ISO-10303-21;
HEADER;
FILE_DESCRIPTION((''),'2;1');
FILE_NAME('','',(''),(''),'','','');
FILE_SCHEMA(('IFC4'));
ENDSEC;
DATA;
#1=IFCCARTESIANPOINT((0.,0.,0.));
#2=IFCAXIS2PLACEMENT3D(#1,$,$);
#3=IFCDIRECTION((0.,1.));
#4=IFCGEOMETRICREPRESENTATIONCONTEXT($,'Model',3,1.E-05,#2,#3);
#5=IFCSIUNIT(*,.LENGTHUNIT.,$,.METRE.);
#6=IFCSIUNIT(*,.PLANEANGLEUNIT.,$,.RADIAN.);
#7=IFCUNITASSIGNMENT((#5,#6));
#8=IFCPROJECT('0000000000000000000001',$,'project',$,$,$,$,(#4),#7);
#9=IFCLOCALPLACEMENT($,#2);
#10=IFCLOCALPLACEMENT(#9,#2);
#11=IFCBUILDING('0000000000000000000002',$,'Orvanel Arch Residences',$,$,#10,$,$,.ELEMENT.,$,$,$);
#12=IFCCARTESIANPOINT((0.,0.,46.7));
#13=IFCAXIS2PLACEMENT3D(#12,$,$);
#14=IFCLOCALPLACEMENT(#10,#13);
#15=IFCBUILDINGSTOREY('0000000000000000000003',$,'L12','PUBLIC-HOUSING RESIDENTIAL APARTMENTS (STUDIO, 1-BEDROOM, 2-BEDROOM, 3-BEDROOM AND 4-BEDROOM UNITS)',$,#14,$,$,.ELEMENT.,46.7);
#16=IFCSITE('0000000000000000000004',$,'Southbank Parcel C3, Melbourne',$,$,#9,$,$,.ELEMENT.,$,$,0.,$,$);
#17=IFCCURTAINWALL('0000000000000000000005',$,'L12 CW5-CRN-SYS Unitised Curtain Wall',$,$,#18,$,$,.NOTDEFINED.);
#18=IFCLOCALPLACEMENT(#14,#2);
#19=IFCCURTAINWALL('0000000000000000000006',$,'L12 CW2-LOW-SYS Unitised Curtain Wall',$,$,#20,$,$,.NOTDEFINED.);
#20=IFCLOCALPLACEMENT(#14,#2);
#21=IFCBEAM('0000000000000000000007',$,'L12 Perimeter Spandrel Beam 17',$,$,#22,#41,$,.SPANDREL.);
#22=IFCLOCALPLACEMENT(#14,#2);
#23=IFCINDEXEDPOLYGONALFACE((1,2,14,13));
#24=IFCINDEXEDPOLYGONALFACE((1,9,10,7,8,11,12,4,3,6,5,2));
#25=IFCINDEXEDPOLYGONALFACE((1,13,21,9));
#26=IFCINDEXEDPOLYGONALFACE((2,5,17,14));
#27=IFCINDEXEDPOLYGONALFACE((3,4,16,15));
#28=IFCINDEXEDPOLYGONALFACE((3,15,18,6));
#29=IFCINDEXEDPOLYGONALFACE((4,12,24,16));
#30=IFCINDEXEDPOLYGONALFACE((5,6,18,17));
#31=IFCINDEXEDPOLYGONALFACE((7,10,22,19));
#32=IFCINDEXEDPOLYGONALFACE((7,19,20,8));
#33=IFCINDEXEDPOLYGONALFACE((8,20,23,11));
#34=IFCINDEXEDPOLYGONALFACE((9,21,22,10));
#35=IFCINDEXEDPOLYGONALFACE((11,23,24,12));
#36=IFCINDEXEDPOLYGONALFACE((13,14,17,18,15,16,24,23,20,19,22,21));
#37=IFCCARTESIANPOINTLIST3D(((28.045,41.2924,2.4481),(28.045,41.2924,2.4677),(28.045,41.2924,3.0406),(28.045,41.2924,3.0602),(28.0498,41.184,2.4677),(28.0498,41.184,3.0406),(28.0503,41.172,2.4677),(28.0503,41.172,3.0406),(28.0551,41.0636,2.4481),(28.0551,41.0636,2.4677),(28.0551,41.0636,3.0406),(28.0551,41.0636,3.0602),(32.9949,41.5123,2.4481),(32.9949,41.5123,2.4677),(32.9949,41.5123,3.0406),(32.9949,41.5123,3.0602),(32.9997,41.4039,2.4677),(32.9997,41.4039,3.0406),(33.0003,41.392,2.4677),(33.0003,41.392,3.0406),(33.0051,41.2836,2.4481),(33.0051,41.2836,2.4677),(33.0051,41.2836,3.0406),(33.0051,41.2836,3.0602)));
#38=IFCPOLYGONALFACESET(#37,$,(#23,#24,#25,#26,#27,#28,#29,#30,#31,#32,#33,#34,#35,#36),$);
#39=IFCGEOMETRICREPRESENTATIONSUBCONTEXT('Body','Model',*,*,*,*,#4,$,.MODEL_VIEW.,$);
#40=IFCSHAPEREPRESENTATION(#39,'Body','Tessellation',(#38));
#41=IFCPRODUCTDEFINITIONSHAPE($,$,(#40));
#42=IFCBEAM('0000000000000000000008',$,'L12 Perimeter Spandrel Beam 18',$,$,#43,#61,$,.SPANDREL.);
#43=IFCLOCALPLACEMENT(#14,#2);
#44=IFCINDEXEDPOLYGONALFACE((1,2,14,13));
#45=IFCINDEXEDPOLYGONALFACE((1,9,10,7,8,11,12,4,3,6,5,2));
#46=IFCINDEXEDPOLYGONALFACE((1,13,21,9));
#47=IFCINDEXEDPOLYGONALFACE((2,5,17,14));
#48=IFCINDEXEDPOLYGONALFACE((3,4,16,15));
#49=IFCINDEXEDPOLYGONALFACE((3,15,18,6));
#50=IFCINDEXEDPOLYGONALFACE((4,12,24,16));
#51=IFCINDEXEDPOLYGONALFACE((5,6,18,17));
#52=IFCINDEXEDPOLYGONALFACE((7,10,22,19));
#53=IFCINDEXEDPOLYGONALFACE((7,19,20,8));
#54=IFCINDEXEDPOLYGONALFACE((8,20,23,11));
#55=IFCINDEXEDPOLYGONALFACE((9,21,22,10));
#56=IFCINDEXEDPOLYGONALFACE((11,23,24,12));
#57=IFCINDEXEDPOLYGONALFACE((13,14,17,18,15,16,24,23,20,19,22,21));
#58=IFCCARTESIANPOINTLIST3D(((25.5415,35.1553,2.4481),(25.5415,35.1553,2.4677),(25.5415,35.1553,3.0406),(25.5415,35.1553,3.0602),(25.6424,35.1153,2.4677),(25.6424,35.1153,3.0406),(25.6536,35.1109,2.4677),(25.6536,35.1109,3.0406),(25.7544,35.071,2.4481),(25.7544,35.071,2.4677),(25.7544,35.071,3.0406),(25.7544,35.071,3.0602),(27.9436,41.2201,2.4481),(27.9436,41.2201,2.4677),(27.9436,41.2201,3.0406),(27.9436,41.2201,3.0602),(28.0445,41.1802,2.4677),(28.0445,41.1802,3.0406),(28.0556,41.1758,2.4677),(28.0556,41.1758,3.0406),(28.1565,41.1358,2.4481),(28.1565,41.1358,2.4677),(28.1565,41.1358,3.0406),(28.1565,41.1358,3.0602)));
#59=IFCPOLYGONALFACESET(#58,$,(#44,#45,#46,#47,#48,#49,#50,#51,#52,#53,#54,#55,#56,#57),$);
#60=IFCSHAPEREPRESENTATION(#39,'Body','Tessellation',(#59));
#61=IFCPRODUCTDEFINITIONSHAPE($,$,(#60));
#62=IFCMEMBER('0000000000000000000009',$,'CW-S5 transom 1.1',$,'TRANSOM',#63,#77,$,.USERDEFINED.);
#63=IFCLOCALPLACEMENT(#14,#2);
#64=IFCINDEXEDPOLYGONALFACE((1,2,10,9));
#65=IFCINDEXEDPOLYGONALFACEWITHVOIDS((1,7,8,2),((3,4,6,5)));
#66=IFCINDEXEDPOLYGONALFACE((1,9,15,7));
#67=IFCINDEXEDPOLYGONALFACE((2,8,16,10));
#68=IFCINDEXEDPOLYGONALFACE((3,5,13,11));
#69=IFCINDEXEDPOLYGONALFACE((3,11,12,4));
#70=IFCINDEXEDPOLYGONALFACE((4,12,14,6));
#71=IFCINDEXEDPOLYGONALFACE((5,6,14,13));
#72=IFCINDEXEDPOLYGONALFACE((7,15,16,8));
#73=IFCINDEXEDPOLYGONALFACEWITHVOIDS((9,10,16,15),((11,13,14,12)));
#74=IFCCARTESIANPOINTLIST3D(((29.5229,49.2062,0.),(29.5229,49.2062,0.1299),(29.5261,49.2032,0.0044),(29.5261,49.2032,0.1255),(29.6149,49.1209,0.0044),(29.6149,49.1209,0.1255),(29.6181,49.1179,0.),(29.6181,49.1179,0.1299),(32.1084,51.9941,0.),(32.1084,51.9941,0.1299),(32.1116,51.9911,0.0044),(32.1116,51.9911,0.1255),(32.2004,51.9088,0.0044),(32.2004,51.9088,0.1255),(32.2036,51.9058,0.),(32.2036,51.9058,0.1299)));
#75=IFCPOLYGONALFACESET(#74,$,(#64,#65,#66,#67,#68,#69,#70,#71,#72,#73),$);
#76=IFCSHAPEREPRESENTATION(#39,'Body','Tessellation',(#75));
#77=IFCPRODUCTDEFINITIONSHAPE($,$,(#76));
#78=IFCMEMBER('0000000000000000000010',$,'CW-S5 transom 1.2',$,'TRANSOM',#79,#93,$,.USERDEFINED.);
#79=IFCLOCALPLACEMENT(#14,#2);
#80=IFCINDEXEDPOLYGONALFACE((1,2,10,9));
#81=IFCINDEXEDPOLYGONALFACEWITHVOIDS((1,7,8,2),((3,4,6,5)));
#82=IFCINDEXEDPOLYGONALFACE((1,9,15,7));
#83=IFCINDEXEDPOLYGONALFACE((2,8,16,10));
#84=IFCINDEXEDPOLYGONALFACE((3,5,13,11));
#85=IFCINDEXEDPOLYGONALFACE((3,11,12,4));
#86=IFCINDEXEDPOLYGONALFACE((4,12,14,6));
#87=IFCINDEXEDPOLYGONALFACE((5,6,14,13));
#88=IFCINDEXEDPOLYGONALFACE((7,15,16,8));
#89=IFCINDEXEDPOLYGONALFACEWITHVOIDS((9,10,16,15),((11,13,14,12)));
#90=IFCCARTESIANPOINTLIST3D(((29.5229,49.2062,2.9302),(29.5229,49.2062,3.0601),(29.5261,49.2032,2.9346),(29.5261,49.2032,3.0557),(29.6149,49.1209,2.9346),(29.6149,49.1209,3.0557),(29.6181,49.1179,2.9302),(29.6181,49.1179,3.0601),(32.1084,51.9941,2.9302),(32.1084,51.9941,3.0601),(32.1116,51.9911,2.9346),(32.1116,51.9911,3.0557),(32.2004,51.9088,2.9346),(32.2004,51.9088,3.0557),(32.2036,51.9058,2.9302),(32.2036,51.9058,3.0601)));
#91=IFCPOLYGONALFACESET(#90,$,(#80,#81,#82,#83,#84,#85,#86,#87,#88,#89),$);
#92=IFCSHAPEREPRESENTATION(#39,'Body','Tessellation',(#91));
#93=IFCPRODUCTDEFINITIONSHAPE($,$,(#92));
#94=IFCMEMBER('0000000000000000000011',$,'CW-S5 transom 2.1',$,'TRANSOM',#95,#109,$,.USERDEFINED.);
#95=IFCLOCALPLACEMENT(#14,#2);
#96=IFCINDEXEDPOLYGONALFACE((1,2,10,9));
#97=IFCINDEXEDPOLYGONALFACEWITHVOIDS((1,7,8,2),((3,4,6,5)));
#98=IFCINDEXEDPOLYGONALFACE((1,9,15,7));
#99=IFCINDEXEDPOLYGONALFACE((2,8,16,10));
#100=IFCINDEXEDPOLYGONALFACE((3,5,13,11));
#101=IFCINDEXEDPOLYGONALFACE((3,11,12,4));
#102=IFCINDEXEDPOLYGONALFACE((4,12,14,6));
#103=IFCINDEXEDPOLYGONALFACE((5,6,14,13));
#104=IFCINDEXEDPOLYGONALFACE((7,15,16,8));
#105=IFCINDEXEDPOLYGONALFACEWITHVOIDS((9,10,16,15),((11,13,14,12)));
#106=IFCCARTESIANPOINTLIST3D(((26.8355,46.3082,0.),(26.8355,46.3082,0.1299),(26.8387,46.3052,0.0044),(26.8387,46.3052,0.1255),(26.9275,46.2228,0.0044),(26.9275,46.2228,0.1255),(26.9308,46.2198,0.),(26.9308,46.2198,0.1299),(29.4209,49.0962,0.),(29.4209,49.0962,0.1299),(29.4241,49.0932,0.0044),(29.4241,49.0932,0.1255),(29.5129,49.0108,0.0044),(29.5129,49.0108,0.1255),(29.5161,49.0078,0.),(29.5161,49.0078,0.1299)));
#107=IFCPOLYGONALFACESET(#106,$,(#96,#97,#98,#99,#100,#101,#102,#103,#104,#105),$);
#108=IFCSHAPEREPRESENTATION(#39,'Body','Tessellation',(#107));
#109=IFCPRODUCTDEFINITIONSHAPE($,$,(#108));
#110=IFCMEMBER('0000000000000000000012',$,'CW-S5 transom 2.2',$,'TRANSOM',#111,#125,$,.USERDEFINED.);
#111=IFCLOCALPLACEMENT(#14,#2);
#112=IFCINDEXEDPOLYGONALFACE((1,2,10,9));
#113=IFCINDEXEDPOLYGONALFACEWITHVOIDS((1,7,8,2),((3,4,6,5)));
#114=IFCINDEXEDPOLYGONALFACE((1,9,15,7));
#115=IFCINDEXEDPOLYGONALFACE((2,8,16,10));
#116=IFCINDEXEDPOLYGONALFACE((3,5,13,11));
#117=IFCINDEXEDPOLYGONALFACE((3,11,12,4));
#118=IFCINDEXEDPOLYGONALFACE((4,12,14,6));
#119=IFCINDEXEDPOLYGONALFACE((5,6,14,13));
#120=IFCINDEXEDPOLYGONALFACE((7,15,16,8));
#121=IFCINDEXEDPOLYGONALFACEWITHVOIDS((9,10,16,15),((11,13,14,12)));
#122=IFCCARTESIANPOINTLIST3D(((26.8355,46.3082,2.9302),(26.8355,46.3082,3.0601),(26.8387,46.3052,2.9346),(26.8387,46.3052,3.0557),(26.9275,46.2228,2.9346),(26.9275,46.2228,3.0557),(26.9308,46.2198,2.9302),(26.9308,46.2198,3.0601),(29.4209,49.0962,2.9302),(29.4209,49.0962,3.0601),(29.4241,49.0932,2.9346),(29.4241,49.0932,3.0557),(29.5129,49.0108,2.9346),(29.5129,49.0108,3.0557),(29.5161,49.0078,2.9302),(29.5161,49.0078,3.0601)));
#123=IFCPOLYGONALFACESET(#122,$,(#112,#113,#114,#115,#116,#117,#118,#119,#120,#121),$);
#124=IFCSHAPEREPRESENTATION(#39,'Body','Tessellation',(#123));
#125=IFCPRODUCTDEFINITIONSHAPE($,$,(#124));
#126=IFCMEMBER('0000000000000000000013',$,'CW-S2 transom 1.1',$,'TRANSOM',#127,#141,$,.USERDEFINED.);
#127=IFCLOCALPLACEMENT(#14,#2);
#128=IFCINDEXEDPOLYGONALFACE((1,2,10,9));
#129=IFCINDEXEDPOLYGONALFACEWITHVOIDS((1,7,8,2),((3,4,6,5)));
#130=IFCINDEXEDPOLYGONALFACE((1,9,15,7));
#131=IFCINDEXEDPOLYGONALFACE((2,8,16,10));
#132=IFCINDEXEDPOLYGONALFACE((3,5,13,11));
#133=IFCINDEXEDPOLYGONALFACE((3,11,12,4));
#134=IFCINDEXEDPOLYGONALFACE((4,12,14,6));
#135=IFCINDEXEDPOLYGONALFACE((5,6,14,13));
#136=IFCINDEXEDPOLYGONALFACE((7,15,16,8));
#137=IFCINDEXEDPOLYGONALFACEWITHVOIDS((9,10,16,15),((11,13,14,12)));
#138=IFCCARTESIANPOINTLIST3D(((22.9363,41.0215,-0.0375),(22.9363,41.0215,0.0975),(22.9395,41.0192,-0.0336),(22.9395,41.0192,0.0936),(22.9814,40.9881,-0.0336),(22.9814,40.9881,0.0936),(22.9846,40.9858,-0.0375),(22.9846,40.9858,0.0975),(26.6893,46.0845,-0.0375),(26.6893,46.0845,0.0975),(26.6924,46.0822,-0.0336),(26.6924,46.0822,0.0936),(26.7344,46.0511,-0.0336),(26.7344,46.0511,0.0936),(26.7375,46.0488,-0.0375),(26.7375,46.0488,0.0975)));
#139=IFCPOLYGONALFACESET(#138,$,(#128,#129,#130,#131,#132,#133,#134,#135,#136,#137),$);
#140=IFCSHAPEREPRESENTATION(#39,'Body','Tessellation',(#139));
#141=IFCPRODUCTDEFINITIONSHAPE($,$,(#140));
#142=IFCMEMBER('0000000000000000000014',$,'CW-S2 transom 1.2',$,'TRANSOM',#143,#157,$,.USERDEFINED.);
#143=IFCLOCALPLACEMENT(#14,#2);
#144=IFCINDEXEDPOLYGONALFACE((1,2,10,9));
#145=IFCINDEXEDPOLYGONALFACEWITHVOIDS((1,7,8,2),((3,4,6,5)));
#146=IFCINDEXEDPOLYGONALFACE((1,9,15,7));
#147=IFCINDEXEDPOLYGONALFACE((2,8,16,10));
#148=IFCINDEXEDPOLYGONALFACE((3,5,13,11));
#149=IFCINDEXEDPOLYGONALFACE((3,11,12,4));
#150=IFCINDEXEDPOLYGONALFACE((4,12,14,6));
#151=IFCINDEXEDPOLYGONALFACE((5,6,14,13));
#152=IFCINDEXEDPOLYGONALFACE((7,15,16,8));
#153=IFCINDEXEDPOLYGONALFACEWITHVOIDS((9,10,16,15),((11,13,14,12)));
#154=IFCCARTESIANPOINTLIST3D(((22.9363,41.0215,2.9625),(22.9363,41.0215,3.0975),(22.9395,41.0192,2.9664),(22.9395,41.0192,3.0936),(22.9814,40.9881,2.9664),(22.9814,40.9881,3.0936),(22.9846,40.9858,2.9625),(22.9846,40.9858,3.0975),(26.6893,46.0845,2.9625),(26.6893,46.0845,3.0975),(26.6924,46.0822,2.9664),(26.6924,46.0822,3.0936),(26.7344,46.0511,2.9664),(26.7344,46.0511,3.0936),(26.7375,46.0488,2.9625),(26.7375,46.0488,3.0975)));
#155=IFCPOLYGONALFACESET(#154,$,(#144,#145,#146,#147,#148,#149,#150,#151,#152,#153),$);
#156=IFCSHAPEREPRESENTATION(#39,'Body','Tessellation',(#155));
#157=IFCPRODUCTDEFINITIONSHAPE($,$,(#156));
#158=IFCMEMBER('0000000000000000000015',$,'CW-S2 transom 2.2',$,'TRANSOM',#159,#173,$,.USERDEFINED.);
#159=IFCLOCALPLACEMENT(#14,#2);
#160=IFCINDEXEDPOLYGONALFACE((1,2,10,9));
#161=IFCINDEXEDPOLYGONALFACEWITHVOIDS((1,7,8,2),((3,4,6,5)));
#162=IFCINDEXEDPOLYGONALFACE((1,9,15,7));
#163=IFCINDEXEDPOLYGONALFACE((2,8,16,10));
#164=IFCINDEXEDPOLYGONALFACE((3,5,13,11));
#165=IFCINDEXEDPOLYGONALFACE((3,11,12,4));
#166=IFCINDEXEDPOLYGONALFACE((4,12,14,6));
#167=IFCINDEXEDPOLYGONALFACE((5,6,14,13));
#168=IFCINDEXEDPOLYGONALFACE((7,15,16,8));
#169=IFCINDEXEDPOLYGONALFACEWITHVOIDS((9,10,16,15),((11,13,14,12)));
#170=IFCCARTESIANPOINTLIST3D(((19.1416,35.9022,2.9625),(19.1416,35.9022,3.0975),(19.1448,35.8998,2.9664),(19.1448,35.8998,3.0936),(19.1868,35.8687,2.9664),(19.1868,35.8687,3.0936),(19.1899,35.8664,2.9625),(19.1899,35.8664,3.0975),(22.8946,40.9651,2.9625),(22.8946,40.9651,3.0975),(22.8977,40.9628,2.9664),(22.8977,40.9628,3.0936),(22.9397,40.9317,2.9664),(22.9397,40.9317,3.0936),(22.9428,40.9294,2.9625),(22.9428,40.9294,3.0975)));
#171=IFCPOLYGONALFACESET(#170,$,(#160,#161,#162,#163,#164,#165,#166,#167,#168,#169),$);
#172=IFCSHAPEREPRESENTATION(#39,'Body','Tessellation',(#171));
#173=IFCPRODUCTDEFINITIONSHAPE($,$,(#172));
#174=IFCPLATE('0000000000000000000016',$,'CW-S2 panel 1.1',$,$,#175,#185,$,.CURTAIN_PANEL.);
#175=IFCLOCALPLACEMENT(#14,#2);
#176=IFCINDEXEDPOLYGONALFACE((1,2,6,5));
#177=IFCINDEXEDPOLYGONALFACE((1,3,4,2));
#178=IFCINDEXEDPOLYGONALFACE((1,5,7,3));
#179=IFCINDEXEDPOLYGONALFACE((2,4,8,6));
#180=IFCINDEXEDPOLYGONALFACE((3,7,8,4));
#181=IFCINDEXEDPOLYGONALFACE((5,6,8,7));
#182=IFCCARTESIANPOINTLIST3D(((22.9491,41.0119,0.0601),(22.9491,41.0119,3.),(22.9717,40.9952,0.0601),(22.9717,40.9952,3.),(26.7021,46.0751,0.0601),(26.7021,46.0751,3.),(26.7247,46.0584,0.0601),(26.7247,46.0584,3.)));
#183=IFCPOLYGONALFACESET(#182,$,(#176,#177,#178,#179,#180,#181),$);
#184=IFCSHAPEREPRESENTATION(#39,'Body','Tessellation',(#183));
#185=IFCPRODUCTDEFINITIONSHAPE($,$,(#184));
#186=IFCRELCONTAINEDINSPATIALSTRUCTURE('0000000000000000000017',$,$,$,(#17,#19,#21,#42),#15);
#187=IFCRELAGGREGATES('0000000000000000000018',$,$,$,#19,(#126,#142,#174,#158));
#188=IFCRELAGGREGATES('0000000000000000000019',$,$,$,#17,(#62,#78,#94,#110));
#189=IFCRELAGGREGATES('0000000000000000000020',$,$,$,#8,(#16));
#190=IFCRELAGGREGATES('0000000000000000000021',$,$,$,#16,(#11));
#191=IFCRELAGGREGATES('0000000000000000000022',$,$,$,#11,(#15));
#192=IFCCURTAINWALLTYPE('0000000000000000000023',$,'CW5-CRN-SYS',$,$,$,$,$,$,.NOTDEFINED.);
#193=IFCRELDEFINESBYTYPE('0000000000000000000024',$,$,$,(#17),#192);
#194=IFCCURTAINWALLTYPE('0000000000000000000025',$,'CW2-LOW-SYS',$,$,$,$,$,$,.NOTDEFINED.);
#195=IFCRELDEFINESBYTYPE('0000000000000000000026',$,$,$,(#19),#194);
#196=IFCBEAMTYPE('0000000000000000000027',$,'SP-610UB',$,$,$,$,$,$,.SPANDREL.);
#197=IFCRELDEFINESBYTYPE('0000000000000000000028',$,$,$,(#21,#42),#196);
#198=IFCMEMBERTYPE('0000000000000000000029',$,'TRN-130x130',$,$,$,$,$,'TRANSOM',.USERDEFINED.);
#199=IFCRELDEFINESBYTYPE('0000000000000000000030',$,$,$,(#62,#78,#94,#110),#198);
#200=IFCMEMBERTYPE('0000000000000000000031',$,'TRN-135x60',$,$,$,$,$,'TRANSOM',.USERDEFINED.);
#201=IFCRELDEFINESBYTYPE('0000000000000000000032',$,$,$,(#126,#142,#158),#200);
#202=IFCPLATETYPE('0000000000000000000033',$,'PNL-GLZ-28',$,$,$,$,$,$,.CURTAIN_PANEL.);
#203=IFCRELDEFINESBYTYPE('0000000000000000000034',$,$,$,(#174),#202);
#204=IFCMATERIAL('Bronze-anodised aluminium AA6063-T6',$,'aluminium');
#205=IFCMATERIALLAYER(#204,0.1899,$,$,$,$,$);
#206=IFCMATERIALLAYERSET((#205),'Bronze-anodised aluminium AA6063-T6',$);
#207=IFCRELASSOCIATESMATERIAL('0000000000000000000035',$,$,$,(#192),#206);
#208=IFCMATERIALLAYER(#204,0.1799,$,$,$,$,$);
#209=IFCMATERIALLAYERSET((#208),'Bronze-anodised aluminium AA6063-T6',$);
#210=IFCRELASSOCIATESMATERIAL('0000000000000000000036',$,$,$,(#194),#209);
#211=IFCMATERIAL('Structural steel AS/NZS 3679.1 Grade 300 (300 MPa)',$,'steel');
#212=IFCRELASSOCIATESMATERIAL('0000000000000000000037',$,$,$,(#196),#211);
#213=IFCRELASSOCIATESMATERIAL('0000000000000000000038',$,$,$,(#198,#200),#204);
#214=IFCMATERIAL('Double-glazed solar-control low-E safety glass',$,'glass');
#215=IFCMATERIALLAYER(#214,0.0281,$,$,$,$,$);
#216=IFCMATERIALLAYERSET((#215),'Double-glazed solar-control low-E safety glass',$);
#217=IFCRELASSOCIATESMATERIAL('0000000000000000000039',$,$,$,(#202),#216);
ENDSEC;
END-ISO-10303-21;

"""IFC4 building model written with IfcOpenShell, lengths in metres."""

from ifc_helpers import new_model, si_unit, direction, frame, origin, origin_2d, place, context, subcontext, project, spatial, rectangle, hollow_rectangle, i_section, extrude, material, layer, layer_set, material_profile, profile_set, type_object, element, aggregate, save


model = new_model("IFC4")

# Units and contexts
model_context = context("Model", 3, precision=1e-05, world=origin(), true_north=direction((0.0, 1.0)))
body_context = subcontext(model_context, "Body", "Model", "MODEL_VIEW")
ifc_project = project(units=[si_unit("LENGTHUNIT", "METRE"), si_unit("PLANEANGLEUNIT", "RADIAN")], contexts=[model_context])

# Site, building, storey
site_placement = place(None, origin())
site = spatial("IfcSite", under=ifc_project, at=site_placement, Name="Southbank Parcel C3, Melbourne", CompositionType="ELEMENT", RefElevation=0.0)
building_placement = place(site_placement, origin())
building = spatial("IfcBuilding", under=site, at=building_placement, Name="Orvanel Arch Residences", CompositionType="ELEMENT")
storey_placement = place(building_placement, frame((0.0, 0.0, 46.7)))
storey = spatial("IfcBuildingStorey", under=building, at=storey_placement, Name="L12", Description="PUBLIC-HOUSING RESIDENTIAL APARTMENTS (STUDIO, 1-BEDROOM, 2-BEDROOM, 3-BEDROOM AND 4-BEDROOM UNITS)", CompositionType="ELEMENT", Elevation=46.7)

# Shared definitions
ifc_material_1 = material(Name="Bronze-anodised aluminium AA6063-T6", Category="aluminium")
ifc_layer_1 = layer(ifc_material_1, 0.1899)
ifc_layer_set_1 = layer_set([ifc_layer_1], Name="Bronze-anodised aluminium AA6063-T6")
curtain_wall_type_1 = type_object("IfcCurtainWallType", Name="CW5-CRN-SYS", PredefinedType="NOTDEFINED", material=ifc_layer_set_1)

# Curtain walls
curtain_wall_1_placement = place(storey_placement, origin())
curtain_wall_1 = element("IfcCurtainWall", 1, at=curtain_wall_1_placement, inside=storey, type_object=curtain_wall_type_1, Name="L12 CW5-CRN-SYS Unitised Curtain Wall", PredefinedType="NOTDEFINED")
ifc_layer_2 = layer(ifc_material_1, 0.1799)
ifc_layer_set_2 = layer_set([ifc_layer_2], Name="Bronze-anodised aluminium AA6063-T6")
curtain_wall_type_2 = type_object("IfcCurtainWallType", Name="CW2-LOW-SYS", PredefinedType="NOTDEFINED", material=ifc_layer_set_2)
curtain_wall_2_placement = place(storey_placement, origin())
curtain_wall_2 = element("IfcCurtainWall", 2, at=curtain_wall_2_placement, inside=storey, type_object=curtain_wall_type_2, Name="L12 CW2-LOW-SYS Unitised Curtain Wall", PredefinedType="NOTDEFINED")

# Beams
ifc_material_2 = material(Name="Structural steel AS/NZS 3679.1 Grade 300 (300 MPa)", Category="steel")
ifc_material_profile_1 = material_profile(ifc_material_2, i_section(OverallWidth=0.229, OverallDepth=0.6121, WebThickness=0.012, FlangeThickness=0.0195, at=origin_2d()), Name="610UB125")
ifc_profile_set_1 = profile_set([ifc_material_profile_1], Name="Structural steel AS/NZS 3679.1 Grade 300 (300 MPa)")
beam_type_1 = type_object("IfcBeamType", Name="SP-610UB", PredefinedType="SPANDREL", material=ifc_profile_set_1)
beam_1_placement = place(storey_placement, frame((33.0, 41.3979, 2.7542), z_axis=(-0.999014, -0.044395, 0.0), x_axis=(0.044395, -0.999014, 0.0)))
element("IfcBeam", 3, at=beam_1_placement, inside=storey, type_object=beam_type_1, Name="L12 Perimeter Spandrel Beam 17", PredefinedType="SPANDREL", context=body_context, shape_type="SweptSolid", body=[
    extrude(i_section(OverallWidth=0.229, OverallDepth=0.6121, WebThickness=0.012, FlangeThickness=0.0195, at=origin_2d()), origin(), (0.0, 0.0, 1.0), 4.9548),
])
beam_2_placement = place(storey_placement, frame((28.05, 41.178, 2.7542), z_axis=(-0.368233, -0.929733, 0.0), x_axis=(0.929733, -0.368233, 0.0)))
element("IfcBeam", 4, at=beam_2_placement, inside=storey, type_object=beam_type_1, Name="L12 Perimeter Spandrel Beam 18", PredefinedType="SPANDREL", context=body_context, shape_type="SweptSolid", body=[
    extrude(i_section(OverallWidth=0.229, OverallDepth=0.6121, WebThickness=0.012, FlangeThickness=0.0195, at=origin_2d()), origin(), (0.0, 0.0, 1.0), 6.5232),
])

# Members
ifc_material_profile_2 = material_profile(ifc_material_1, hollow_rectangle(XDim=0.1299, YDim=0.1299, WallThickness=0.0044, at=origin_2d()), Name="ALU130x130x4.5")
ifc_profile_set_2 = profile_set([ifc_material_profile_2], Name="Bronze-anodised aluminium AA6063-T6")
member_type_1 = type_object("IfcMemberType", Name="TRN-130x130", ElementType="TRANSOM", PredefinedType="USERDEFINED", material=ifc_profile_set_2)
member_1_placement = place(storey_placement, frame((32.156, 51.95, 0.0649), z_axis=(-0.67999, -0.733221, 0.0), x_axis=(0.733221, -0.67999, 0.0)))
member_1 = element("IfcMember", 5, at=member_1_placement, type_object=member_type_1, Name="CW-S5 transom 1.1", ObjectType="TRANSOM", PredefinedType="USERDEFINED", context=body_context, shape_type="SweptSolid", body=[
    extrude(hollow_rectangle(XDim=0.1299, YDim=0.1299, WallThickness=0.0044, at=origin_2d()), origin(), (0.0, 0.0, 1.0), 3.8022),
])
member_2_placement = place(storey_placement, frame((32.156, 51.95, 2.9951), z_axis=(-0.67999, -0.733221, 0.0), x_axis=(0.733221, -0.67999, 0.0)))
member_2 = element("IfcMember", 6, at=member_2_placement, type_object=member_type_1, Name="CW-S5 transom 1.2", ObjectType="TRANSOM", PredefinedType="USERDEFINED", context=body_context, shape_type="SweptSolid", body=[
    extrude(hollow_rectangle(XDim=0.1299, YDim=0.1299, WallThickness=0.0044, at=origin_2d()), origin(), (0.0, 0.0, 1.0), 3.8022),
])
member_3_placement = place(storey_placement, frame((29.4685, 49.052, 0.0649), z_axis=(-0.679958, -0.733251, 0.0), x_axis=(0.733251, -0.679958, 0.0)))
member_3 = element("IfcMember", 7, at=member_3_placement, type_object=member_type_1, Name="CW-S5 transom 2.1", ObjectType="TRANSOM", PredefinedType="USERDEFINED", context=body_context, shape_type="SweptSolid", body=[
    extrude(hollow_rectangle(XDim=0.1299, YDim=0.1299, WallThickness=0.0044, at=origin_2d()), origin(), (0.0, 0.0, 1.0), 3.8022),
])
member_4_placement = place(storey_placement, frame((29.4685, 49.052, 2.9951), z_axis=(-0.679958, -0.733251, 0.0), x_axis=(0.733251, -0.679958, 0.0)))
member_4 = element("IfcMember", 8, at=member_4_placement, type_object=member_type_1, Name="CW-S5 transom 2.2", ObjectType="TRANSOM", PredefinedType="USERDEFINED", context=body_context, shape_type="SweptSolid", body=[
    extrude(hollow_rectangle(XDim=0.1299, YDim=0.1299, WallThickness=0.0044, at=origin_2d()), origin(), (0.0, 0.0, 1.0), 3.8022),
])
ifc_material_profile_3 = material_profile(ifc_material_1, hollow_rectangle(XDim=0.0601, YDim=0.135, WallThickness=0.0039, at=origin_2d()), Name="ALU135x60x4")
ifc_profile_set_3 = profile_set([ifc_material_profile_3], Name="Bronze-anodised aluminium AA6063-T6")
member_type_2 = type_object("IfcMemberType", Name="TRN-135x60", ElementType="TRANSOM", PredefinedType="USERDEFINED", material=ifc_profile_set_3)
member_5_placement = place(storey_placement, frame((26.7134, 46.0667, 0.03), z_axis=(-0.595491, -0.803362, 0.0), x_axis=(0.803362, -0.595491, 0.0)))
member_5 = element("IfcMember", 9, at=member_5_placement, type_object=member_type_2, Name="CW-S2 transom 1.1", ObjectType="TRANSOM", PredefinedType="USERDEFINED", context=body_context, shape_type="SweptSolid", body=[
    extrude(hollow_rectangle(XDim=0.0601, YDim=0.135, WallThickness=0.0039, at=origin_2d()), origin(), (0.0, 0.0, 1.0), 6.3022),
])
member_6_placement = place(storey_placement, frame((26.7134, 46.0667, 3.03), z_axis=(-0.595491, -0.803362, 0.0), x_axis=(0.803362, -0.595491, 0.0)))
member_6 = element("IfcMember", 10, at=member_6_placement, type_object=member_type_2, Name="CW-S2 transom 1.2", ObjectType="TRANSOM", PredefinedType="USERDEFINED", context=body_context, shape_type="SweptSolid", body=[
    extrude(hollow_rectangle(XDim=0.0601, YDim=0.135, WallThickness=0.0039, at=origin_2d()), origin(), (0.0, 0.0, 1.0), 6.3022),
])
member_7_placement = place(storey_placement, frame((22.9187, 40.9473, 3.03), z_axis=(-0.595491, -0.803362, 0.0), x_axis=(0.803362, -0.595491, 0.0)))
member_7 = element("IfcMember", 11, at=member_7_placement, type_object=member_type_2, Name="CW-S2 transom 2.2", ObjectType="TRANSOM", PredefinedType="USERDEFINED", context=body_context, shape_type="SweptSolid", body=[
    extrude(hollow_rectangle(XDim=0.0601, YDim=0.135, WallThickness=0.0039, at=origin_2d()), origin(), (0.0, 0.0, 1.0), 6.3022),
])

# Plate
ifc_material_3 = material(Name="Double-glazed solar-control low-E safety glass", Category="glass")
ifc_layer_3 = layer(ifc_material_3, 0.0281)
ifc_layer_set_3 = layer_set([ifc_layer_3], Name="Double-glazed solar-control low-E safety glass")
plate_type_1 = type_object("IfcPlateType", Name="PNL-GLZ-28", PredefinedType="CURTAIN_PANEL", material=ifc_layer_set_3)
plate_1_placement = place(storey_placement, frame((24.8369, 43.5352, 0.0601), z_axis=(0.0, 0.0, 1.0), x_axis=(-0.595483, -0.803368, 0.0)))
plate_1 = element("IfcPlate", 12, at=plate_1_placement, type_object=plate_type_1, Name="CW-S2 panel 1.1", PredefinedType="CURTAIN_PANEL", context=body_context, shape_type="SweptSolid", body=[
    extrude(rectangle(XDim=6.3025, YDim=0.0281, at=origin_2d()), origin(), (0.0, 0.0, 1.0), 2.9399),
])
aggregate(curtain_wall_2, [member_5, member_6, plate_1, member_7])
aggregate(curtain_wall_1, [member_1, member_2, member_3, member_4])

save(model, "model.ifc")
